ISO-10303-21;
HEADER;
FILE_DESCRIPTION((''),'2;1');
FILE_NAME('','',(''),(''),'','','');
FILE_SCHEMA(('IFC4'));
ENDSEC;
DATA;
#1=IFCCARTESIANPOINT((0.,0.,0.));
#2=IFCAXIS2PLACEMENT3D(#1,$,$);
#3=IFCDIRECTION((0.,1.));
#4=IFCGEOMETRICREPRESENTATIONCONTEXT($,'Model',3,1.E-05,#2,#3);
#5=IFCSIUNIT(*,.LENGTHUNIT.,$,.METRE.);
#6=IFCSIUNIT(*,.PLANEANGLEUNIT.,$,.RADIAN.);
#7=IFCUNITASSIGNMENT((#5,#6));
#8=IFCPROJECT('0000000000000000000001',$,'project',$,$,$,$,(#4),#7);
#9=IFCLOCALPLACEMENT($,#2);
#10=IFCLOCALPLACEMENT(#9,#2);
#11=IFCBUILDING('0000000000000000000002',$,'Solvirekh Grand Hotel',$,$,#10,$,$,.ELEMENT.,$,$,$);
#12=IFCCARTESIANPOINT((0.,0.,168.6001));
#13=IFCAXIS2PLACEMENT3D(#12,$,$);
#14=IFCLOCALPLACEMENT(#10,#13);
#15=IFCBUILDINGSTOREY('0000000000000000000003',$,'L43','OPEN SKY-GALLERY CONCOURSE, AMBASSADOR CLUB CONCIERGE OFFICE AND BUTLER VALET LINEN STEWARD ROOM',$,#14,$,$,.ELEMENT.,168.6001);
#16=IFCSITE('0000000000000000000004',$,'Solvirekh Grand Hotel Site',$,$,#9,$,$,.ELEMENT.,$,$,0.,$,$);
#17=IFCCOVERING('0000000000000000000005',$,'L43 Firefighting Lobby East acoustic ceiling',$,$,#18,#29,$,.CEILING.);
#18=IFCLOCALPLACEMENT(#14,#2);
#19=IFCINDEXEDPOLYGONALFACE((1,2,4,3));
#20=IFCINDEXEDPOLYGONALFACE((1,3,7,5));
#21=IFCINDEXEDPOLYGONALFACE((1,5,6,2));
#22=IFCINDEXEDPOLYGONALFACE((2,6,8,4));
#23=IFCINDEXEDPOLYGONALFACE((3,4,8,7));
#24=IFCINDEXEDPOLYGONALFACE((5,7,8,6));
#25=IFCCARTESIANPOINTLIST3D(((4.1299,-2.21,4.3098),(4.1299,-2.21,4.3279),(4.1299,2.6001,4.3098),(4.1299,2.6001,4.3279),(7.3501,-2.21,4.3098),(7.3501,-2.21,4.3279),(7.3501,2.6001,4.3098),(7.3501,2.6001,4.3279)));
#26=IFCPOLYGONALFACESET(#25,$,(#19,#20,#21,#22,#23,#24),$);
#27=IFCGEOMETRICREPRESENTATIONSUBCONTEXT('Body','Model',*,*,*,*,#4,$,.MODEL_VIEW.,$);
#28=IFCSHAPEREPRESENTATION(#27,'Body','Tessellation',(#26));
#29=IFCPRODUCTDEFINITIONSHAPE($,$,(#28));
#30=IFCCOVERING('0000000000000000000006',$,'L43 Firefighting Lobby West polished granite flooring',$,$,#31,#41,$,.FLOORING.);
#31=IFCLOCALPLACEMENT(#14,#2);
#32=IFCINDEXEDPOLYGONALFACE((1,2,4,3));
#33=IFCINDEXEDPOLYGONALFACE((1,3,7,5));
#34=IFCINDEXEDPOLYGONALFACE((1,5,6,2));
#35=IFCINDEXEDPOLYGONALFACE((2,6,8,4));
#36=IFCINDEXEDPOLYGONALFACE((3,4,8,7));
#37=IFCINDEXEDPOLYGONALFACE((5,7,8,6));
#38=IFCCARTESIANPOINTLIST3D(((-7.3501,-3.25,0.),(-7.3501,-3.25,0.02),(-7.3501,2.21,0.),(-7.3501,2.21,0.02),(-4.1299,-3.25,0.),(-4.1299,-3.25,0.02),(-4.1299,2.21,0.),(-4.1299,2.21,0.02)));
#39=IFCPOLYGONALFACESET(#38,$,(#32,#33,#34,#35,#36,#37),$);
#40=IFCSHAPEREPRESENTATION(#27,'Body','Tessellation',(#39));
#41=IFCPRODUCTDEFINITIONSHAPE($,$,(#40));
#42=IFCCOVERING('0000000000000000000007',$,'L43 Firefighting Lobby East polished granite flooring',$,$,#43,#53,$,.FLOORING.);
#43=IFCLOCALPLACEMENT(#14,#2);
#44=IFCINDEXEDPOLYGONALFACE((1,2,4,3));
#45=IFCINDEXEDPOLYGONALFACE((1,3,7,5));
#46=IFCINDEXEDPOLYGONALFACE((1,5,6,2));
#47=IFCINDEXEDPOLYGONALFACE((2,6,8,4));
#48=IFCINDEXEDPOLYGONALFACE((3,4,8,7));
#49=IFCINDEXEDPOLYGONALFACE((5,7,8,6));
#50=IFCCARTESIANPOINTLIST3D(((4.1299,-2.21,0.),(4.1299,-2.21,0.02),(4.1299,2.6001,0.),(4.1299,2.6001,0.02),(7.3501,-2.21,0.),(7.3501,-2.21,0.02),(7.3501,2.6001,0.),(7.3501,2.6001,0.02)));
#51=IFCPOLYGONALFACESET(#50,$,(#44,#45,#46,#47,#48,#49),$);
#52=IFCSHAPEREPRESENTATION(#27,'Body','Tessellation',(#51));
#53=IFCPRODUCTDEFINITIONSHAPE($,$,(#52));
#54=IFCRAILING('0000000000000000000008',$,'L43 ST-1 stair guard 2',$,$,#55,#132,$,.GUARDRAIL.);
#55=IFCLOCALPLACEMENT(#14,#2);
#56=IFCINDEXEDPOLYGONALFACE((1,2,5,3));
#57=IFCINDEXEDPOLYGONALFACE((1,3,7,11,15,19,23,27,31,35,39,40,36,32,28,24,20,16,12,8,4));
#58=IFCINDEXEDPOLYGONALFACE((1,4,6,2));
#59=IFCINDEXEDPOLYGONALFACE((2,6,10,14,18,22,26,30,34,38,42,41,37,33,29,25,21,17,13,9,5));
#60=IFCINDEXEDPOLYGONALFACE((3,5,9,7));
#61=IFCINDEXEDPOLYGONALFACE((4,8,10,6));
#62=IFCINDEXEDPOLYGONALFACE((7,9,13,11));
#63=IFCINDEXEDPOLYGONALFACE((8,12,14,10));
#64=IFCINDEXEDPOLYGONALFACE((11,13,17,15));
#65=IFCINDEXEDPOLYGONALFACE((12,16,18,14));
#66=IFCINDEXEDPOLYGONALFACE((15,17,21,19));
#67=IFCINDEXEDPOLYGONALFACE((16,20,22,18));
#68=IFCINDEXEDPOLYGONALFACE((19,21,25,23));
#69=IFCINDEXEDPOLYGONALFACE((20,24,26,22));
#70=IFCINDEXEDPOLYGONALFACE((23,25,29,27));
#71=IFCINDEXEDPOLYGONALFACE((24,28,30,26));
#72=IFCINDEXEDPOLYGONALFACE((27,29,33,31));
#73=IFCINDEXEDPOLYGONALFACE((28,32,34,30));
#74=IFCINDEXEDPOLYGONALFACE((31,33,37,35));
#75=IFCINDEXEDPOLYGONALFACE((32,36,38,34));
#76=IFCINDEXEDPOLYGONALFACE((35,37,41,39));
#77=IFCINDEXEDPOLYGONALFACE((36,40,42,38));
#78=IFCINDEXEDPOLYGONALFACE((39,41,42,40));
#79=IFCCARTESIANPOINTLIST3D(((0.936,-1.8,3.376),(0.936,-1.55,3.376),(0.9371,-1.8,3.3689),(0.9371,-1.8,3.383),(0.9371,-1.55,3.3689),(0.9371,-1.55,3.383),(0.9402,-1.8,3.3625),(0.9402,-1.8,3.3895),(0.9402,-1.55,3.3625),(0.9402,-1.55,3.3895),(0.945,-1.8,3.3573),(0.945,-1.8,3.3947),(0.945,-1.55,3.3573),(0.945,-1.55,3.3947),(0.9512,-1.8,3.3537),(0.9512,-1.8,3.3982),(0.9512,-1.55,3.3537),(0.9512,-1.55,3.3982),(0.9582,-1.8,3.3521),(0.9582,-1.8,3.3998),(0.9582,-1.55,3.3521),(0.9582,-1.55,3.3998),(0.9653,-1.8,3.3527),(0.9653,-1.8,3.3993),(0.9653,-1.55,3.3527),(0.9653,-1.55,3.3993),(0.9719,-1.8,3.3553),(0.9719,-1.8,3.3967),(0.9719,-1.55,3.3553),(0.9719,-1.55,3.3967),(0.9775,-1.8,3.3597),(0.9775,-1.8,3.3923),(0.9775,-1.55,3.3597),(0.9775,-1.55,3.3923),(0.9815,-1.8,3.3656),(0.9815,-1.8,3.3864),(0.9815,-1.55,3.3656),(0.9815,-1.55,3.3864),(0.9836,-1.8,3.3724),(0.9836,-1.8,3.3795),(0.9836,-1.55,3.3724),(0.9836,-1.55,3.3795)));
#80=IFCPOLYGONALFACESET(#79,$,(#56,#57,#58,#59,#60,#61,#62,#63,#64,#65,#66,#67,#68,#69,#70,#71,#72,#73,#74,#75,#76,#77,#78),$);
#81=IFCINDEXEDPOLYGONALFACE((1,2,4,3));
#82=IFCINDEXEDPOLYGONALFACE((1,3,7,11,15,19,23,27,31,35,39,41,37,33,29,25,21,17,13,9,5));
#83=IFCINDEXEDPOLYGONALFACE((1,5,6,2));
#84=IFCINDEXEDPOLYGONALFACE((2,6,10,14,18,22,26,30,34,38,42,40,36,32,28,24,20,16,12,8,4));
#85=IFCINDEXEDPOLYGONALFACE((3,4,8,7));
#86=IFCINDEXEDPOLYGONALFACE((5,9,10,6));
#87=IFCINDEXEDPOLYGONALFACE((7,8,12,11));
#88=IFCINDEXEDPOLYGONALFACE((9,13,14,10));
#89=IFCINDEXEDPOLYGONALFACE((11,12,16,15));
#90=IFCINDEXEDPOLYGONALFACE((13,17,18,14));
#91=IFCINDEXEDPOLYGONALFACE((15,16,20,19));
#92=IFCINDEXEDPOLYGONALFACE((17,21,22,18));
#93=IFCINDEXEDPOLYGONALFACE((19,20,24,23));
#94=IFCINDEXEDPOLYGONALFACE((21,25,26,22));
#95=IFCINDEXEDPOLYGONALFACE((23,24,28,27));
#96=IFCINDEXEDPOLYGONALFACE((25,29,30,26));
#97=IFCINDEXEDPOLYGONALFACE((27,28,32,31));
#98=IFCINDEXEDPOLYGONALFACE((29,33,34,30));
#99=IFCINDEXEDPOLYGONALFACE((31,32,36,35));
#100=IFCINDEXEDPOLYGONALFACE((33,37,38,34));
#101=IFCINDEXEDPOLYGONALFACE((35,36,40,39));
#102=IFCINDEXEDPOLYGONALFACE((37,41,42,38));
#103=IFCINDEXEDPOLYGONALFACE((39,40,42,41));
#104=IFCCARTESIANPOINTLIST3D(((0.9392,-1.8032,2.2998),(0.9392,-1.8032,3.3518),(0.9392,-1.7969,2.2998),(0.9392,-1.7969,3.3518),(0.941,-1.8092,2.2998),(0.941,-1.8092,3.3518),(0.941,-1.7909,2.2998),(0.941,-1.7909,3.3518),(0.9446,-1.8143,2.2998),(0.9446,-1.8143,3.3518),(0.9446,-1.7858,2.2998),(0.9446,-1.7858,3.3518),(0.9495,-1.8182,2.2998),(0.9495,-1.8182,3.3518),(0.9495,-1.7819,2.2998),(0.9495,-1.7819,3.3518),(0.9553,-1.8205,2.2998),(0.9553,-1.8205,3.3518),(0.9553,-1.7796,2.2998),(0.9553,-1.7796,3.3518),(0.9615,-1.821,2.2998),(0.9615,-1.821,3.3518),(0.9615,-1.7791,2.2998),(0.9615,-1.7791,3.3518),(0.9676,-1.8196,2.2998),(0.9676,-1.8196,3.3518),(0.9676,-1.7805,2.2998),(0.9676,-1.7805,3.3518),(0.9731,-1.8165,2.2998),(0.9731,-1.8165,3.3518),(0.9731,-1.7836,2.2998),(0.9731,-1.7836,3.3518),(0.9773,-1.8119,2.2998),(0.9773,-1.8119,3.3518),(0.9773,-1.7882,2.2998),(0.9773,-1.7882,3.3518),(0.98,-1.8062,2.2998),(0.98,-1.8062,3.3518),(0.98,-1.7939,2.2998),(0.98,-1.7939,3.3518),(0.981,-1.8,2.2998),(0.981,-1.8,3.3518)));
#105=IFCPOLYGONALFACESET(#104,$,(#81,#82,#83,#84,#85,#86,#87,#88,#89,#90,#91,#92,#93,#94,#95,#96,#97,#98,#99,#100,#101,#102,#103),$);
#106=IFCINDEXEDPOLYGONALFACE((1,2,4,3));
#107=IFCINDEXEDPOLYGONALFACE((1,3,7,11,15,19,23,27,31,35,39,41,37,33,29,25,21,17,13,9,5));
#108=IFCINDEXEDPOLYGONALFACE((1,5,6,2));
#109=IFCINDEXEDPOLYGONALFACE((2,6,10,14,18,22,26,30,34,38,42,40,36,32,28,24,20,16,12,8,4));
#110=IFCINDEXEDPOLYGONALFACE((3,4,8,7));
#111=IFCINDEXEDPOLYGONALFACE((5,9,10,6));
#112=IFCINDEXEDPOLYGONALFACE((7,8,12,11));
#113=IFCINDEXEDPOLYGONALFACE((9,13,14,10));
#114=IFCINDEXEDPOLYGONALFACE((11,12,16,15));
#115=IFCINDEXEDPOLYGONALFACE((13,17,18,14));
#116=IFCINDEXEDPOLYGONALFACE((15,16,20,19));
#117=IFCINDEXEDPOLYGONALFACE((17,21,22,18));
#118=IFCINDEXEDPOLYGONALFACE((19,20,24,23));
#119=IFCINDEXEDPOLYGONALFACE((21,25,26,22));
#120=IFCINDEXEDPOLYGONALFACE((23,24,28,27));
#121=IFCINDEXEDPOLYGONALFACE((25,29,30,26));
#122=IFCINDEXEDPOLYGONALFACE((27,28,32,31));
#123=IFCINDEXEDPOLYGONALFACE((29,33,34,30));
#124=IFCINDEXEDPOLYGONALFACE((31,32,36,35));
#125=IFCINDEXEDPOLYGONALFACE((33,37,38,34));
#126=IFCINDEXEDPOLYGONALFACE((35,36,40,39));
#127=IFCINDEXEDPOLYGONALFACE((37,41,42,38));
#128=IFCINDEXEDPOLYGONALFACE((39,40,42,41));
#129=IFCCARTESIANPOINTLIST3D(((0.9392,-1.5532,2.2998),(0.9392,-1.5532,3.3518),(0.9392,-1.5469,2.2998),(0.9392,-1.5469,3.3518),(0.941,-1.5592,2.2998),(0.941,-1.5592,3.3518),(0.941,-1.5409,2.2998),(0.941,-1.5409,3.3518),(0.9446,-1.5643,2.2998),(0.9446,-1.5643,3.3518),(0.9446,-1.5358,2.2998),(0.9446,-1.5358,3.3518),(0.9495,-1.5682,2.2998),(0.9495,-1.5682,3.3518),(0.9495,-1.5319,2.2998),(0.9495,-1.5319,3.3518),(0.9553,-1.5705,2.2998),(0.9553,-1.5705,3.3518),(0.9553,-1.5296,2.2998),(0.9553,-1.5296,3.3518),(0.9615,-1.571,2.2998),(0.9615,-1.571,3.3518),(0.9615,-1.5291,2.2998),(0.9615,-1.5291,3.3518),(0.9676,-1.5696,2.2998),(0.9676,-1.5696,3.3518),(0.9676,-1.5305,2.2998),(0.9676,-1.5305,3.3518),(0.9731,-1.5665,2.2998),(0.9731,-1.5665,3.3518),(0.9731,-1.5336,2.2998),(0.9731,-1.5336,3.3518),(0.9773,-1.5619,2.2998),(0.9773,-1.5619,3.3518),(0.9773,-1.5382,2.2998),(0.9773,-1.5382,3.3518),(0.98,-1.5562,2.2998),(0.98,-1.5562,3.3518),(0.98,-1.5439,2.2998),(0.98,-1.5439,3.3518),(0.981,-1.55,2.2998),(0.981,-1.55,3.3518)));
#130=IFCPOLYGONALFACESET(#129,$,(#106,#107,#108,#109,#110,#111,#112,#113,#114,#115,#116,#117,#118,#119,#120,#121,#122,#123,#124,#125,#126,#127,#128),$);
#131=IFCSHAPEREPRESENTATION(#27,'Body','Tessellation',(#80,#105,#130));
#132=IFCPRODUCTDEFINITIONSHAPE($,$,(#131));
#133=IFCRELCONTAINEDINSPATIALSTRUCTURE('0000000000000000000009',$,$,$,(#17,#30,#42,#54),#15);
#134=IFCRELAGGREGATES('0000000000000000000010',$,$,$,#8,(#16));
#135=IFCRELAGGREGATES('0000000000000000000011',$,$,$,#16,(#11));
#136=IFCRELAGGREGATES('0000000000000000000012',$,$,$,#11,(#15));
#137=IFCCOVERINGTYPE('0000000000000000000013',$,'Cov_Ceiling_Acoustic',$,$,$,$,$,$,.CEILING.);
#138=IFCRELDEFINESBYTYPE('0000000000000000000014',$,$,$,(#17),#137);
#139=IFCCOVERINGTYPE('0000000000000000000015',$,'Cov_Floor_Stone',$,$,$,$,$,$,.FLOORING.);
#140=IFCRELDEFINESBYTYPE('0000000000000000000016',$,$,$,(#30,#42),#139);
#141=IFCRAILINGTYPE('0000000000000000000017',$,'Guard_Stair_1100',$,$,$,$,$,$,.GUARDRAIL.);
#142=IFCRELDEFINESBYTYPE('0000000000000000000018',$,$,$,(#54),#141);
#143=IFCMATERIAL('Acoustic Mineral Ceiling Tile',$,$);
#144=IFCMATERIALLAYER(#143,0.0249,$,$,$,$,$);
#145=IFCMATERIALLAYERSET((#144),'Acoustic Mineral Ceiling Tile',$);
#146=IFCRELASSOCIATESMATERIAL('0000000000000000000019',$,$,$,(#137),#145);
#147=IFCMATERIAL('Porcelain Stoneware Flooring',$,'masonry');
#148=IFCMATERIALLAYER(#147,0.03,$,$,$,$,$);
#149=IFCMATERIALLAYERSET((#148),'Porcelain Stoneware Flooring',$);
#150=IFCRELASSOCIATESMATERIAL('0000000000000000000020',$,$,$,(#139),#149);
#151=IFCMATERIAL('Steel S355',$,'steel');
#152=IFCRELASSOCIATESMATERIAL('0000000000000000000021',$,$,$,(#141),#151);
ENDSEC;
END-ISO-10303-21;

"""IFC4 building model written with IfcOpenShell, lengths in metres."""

from ifc_helpers import new_model, si_unit, direction, frame, origin, origin_2d, place, context, subcontext, project, spatial, polyline, circle, outline, extrude, material, layer, layer_set, type_object, element, save


model = new_model("IFC4")

# Units and contexts
model_context = context("Model", 3, precision=1e-05, world=origin(), true_north=direction((0.0, 1.0)))
body_context = subcontext(model_context, "Body", "Model", "MODEL_VIEW")
ifc_project = project(units=[si_unit("LENGTHUNIT", "METRE"), si_unit("PLANEANGLEUNIT", "RADIAN")], contexts=[model_context])

# Site, building, storey
site_placement = place(None, origin())
site = spatial("IfcSite", under=ifc_project, at=site_placement, Name="Solvirekh Grand Hotel Site", CompositionType="ELEMENT", RefElevation=0.0)
building_placement = place(site_placement, origin())
building = spatial("IfcBuilding", under=site, at=building_placement, Name="Solvirekh Grand Hotel", CompositionType="ELEMENT")
storey_placement = place(building_placement, frame((0.0, 0.0, 168.6001)))
storey = spatial("IfcBuildingStorey", under=building, at=storey_placement, Name="L43", Description="OPEN SKY-GALLERY CONCOURSE, AMBASSADOR CLUB CONCIERGE OFFICE AND BUTLER VALET LINEN STEWARD ROOM", CompositionType="ELEMENT", Elevation=168.6001)

# Shared definitions
ifc_material_1 = material(Name="Steel S355", Category="steel")

# Coverings
ifc_material_2 = material(Name="Acoustic Mineral Ceiling Tile")
ifc_layer_1 = layer(ifc_material_2, 0.0249)
ifc_layer_set_1 = layer_set([ifc_layer_1], Name="Acoustic Mineral Ceiling Tile")
covering_type_1 = type_object("IfcCoveringType", Name="Cov_Ceiling_Acoustic", PredefinedType="CEILING", material=ifc_layer_set_1)
covering_1_placement = place(storey_placement, frame((0.0, 0.0, 4.3098)))
element("IfcCovering", 1, at=covering_1_placement, inside=storey, type_object=covering_type_1, Name="L43 Firefighting Lobby East acoustic ceiling", PredefinedType="CEILING", context=body_context, shape_type="SweptSolid", body=[
    extrude(outline(polyline([(4.1299, -2.21), (7.3501, -2.21), (7.3501, 2.6001), (4.1299, 2.6001), (4.1299, -2.21)])), origin(), (0.0, 0.0, 1.0), 0.0181),
])
ifc_material_3 = material(Name="Porcelain Stoneware Flooring", Category="masonry")
ifc_layer_2 = layer(ifc_material_3, 0.03)
ifc_layer_set_2 = layer_set([ifc_layer_2], Name="Porcelain Stoneware Flooring")
covering_type_2 = type_object("IfcCoveringType", Name="Cov_Floor_Stone", PredefinedType="FLOORING", material=ifc_layer_set_2)
covering_2_placement = place(storey_placement, origin())
element("IfcCovering", 2, at=covering_2_placement, inside=storey, type_object=covering_type_2, Name="L43 Firefighting Lobby West polished granite flooring", PredefinedType="FLOORING", context=body_context, shape_type="SweptSolid", body=[
    extrude(outline(polyline([(-7.3501, -3.25), (-4.1299, -3.25), (-4.1299, 2.21), (-7.3501, 2.21), (-7.3501, -3.25)])), origin(), (0.0, 0.0, 1.0), 0.02),
])
covering_3_placement = place(storey_placement, origin())
element("IfcCovering", 3, at=covering_3_placement, inside=storey, type_object=covering_type_2, Name="L43 Firefighting Lobby East polished granite flooring", PredefinedType="FLOORING", context=body_context, shape_type="SweptSolid", body=[
    extrude(outline(polyline([(4.1299, -2.21), (7.3501, -2.21), (7.3501, 2.6001), (4.1299, 2.6001), (4.1299, -2.21)])), origin(), (0.0, 0.0, 1.0), 0.02),
])

# Railing
railing_type_1 = type_object("IfcRailingType", Name="Guard_Stair_1100", PredefinedType="GUARDRAIL", material=ifc_material_1)
railing_1_placement = place(storey_placement, frame((0.96, -1.8, 2.2998)))
element("IfcRailing", 4, at=railing_1_placement, inside=storey, type_object=railing_type_1, Name="L43 ST-1 stair guard 2", PredefinedType="GUARDRAIL", context=body_context, shape_type="SweptSolid", body=[
    extrude(circle(Radius=0.0239, at=origin_2d()), frame((0.0, 0.0, 1.0762), z_axis=(0.0, 1.0, 0.0), x_axis=(-1.0, 0.0, 0.0)), (0.0, 0.0, 1.0), 0.25),
    extrude(circle(Radius=0.021, at=origin_2d()), origin(), (0.0, 0.0, 1.0), 1.052),
    extrude(circle(Radius=0.021, at=origin_2d()), frame((0.0, 0.25, 0.0)), (0.0, 0.0, 1.0), 1.052),
])

save(model, "model.ifc")
